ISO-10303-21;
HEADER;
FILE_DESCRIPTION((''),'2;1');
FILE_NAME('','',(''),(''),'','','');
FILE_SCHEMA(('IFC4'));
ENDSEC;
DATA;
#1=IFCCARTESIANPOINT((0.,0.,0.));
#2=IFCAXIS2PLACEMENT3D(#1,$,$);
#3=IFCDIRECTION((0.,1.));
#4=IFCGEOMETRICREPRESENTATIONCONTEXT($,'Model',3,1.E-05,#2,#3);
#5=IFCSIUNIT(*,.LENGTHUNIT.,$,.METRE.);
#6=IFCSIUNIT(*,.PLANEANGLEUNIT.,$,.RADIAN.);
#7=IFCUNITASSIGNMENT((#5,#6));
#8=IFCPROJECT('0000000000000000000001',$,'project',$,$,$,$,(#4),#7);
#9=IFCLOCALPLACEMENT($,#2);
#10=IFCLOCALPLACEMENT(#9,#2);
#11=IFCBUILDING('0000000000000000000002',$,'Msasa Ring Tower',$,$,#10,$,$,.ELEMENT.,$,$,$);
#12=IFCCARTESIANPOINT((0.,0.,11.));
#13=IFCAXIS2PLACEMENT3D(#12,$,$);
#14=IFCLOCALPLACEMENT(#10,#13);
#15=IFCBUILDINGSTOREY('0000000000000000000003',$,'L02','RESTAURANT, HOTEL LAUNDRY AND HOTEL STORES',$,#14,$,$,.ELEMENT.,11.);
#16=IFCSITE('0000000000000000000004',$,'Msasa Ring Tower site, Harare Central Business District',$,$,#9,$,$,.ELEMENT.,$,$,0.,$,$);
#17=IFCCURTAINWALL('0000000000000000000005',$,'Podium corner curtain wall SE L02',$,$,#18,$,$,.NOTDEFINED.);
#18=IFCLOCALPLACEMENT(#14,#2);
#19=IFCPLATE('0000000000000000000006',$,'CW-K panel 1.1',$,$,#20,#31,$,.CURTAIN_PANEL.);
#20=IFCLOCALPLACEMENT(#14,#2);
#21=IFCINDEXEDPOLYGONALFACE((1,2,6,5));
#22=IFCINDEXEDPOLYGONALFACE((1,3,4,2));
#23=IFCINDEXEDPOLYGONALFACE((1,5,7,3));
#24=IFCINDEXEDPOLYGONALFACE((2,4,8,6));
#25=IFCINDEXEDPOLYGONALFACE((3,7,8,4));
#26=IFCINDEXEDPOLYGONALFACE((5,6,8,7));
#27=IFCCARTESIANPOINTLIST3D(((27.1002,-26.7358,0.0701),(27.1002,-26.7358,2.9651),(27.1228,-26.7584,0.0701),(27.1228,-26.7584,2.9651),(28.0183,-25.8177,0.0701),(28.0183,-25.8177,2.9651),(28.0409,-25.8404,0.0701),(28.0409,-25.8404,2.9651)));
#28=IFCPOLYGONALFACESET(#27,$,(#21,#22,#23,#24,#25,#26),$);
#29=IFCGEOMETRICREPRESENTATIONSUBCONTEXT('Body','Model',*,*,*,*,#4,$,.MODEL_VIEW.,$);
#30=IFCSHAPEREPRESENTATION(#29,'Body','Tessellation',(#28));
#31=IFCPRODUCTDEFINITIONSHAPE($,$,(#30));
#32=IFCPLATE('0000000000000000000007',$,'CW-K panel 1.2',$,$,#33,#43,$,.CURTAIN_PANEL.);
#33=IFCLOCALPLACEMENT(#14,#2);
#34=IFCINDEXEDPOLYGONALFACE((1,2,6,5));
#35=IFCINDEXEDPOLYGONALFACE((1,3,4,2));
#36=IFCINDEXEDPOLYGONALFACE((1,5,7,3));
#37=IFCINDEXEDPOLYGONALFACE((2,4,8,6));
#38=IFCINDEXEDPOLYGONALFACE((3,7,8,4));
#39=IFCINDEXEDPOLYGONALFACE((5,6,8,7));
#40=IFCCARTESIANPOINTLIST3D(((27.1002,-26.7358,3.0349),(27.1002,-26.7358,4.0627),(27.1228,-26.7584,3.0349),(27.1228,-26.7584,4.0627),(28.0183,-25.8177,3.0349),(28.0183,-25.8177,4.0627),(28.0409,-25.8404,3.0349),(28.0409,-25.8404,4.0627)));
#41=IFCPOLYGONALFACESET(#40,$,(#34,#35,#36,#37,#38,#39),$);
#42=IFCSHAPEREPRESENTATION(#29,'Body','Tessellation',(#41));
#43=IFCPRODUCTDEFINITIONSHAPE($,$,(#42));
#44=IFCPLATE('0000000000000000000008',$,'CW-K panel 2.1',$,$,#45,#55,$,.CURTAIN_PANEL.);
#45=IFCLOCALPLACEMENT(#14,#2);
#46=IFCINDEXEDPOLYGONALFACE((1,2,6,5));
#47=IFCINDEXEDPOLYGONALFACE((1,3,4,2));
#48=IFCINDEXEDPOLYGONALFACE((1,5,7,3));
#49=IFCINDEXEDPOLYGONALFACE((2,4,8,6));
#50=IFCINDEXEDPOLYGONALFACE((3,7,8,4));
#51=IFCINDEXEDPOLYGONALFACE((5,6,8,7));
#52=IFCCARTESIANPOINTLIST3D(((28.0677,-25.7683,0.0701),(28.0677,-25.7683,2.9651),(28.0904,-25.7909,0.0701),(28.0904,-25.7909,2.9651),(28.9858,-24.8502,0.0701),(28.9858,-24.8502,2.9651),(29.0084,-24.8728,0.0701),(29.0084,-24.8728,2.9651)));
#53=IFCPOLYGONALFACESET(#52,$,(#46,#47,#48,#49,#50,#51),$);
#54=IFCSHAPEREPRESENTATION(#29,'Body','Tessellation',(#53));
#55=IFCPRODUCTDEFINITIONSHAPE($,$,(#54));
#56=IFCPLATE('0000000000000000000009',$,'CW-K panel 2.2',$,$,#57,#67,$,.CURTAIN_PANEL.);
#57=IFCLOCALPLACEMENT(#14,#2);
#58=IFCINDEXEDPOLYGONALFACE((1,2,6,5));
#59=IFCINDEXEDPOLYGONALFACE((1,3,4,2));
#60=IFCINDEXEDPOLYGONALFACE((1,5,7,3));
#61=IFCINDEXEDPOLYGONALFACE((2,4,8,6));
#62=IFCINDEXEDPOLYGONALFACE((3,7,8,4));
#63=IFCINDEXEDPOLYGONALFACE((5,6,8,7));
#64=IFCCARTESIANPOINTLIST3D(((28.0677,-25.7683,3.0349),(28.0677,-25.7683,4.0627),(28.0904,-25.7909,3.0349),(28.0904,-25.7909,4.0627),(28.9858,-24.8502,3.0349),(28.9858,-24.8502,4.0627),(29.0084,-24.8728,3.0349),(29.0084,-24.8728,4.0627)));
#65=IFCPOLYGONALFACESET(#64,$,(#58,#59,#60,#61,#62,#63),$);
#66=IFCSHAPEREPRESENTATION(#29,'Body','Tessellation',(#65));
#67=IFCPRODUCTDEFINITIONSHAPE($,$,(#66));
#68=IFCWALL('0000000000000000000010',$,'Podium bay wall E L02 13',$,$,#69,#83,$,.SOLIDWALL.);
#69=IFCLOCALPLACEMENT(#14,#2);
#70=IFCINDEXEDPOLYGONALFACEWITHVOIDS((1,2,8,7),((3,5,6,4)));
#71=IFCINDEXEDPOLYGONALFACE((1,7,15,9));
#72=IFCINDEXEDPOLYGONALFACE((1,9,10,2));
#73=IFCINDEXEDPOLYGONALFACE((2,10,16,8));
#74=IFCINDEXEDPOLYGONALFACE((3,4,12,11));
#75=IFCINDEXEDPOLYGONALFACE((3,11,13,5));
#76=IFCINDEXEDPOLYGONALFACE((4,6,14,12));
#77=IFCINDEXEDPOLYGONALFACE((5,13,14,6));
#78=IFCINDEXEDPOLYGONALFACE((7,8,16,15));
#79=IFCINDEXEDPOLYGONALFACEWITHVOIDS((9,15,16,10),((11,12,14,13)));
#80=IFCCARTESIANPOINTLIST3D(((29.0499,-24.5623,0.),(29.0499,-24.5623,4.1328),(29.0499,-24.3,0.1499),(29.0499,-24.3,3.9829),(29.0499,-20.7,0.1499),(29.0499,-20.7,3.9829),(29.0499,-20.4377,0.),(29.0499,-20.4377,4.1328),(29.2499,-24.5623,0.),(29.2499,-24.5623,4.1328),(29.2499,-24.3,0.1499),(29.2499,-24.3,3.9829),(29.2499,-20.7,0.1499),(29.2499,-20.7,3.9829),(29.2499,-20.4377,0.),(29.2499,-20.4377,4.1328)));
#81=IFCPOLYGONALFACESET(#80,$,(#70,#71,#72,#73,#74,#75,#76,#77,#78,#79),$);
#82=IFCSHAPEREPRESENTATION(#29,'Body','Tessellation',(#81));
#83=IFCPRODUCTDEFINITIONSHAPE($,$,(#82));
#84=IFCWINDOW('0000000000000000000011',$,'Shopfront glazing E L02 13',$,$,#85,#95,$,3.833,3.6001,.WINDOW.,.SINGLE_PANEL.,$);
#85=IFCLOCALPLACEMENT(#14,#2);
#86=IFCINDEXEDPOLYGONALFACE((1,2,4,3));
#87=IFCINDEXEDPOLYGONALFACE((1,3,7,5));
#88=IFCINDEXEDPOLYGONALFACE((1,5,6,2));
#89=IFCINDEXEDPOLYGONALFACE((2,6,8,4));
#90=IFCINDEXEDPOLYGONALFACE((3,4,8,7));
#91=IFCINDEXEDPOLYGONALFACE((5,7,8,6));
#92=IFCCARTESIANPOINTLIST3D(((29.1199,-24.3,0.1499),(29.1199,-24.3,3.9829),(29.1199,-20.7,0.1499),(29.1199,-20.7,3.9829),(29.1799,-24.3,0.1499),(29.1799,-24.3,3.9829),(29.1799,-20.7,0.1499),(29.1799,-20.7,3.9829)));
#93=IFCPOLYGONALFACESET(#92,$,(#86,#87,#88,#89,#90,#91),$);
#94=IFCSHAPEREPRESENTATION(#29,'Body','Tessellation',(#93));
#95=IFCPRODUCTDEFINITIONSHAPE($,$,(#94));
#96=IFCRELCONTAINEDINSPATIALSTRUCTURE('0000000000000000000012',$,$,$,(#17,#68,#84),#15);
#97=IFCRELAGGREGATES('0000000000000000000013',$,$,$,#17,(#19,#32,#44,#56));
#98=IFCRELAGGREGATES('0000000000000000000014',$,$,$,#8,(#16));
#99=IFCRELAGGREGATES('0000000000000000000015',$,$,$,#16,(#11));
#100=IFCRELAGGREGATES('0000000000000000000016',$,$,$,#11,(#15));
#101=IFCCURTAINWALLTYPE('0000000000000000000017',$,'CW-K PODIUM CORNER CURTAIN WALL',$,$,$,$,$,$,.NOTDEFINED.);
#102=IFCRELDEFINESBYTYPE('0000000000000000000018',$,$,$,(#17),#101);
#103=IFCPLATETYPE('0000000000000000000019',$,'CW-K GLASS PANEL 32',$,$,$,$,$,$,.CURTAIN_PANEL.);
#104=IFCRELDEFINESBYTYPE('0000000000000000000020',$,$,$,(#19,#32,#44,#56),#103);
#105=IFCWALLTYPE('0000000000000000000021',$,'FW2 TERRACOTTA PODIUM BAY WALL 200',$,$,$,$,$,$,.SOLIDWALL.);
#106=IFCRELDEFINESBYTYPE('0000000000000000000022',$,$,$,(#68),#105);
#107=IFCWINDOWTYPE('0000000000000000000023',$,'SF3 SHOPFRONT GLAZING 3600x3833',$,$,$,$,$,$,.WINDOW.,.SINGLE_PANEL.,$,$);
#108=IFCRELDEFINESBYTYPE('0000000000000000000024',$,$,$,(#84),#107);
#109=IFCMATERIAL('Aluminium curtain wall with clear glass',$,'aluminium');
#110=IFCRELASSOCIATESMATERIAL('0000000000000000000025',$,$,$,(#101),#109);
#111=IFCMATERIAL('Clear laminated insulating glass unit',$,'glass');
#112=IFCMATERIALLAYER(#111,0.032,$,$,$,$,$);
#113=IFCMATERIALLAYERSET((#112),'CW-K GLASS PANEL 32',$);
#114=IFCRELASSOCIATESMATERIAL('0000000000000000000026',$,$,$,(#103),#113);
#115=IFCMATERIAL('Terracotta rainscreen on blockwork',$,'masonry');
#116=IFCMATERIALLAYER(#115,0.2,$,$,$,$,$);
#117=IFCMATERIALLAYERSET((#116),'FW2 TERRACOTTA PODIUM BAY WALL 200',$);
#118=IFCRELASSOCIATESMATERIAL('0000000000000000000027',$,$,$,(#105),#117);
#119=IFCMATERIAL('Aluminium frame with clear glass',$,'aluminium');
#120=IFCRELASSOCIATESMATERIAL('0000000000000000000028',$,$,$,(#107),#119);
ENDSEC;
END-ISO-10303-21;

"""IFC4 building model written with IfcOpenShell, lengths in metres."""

from ifc_helpers import new_model, si_unit, direction, frame, frame_2d, origin, origin_2d, place, context, subcontext, project, spatial, rectangle, extrude, material, layer, layer_set, type_object, element, fill, aggregate, save


model = new_model("IFC4")

# Units and contexts
model_context = context("Model", 3, precision=1e-05, world=origin(), true_north=direction((0.0, 1.0)))
body_context = subcontext(model_context, "Body", "Model", "MODEL_VIEW")
ifc_project = project(units=[si_unit("LENGTHUNIT", "METRE"), si_unit("PLANEANGLEUNIT", "RADIAN")], contexts=[model_context])

# Site, building, storey
site_placement = place(None, origin())
site = spatial("IfcSite", under=ifc_project, at=site_placement, Name="Msasa Ring Tower site, Harare Central Business District", CompositionType="ELEMENT", RefElevation=0.0)
building_placement = place(site_placement, origin())
building = spatial("IfcBuilding", under=site, at=building_placement, Name="Msasa Ring Tower", CompositionType="ELEMENT")
storey_placement = place(building_placement, frame((0.0, 0.0, 11.0)))
storey = spatial("IfcBuildingStorey", under=building, at=storey_placement, Name="L02", Description="RESTAURANT, HOTEL LAUNDRY AND HOTEL STORES", CompositionType="ELEMENT", Elevation=11.0)

# Curtain wall
ifc_material_1 = material(Name="Aluminium curtain wall with clear glass", Category="aluminium")
curtain_wall_type = type_object("IfcCurtainWallType", Name="CW-K PODIUM CORNER CURTAIN WALL", PredefinedType="NOTDEFINED", material=ifc_material_1)
curtain_wall_1_placement = place(storey_placement, origin())
curtain_wall_1 = element("IfcCurtainWall", 1, at=curtain_wall_1_placement, inside=storey, type_object=curtain_wall_type, Name="Podium corner curtain wall SE L02", PredefinedType="NOTDEFINED")

# Plates
ifc_material_2 = material(Name="Clear laminated insulating glass unit", Category="glass")
ifc_layer_1 = layer(ifc_material_2, 0.032)
ifc_layer_set_1 = layer_set([ifc_layer_1], Name="CW-K GLASS PANEL 32")
plate_type = type_object("IfcPlateType", Name="CW-K GLASS PANEL 32", PredefinedType="CURTAIN_PANEL", material=ifc_layer_set_1)
plate_1_placement = place(storey_placement, frame((27.5706, -26.2881, 0.0701), z_axis=(0.0, 0.0, 1.0), x_axis=(0.707107, 0.707107, 0.0)))
plate_1 = element("IfcPlate", 2, at=plate_1_placement, type_object=plate_type, Name="CW-K panel 1.1", PredefinedType="CURTAIN_PANEL", context=body_context, shape_type="SweptSolid", body=[
    extrude(rectangle(XDim=1.2983, YDim=0.032, at=origin_2d()), origin(), (0.0, 0.0, 1.0), 2.895),
])
plate_2_placement = place(storey_placement, frame((27.5706, -26.2881, 3.0349), z_axis=(0.0, 0.0, 1.0), x_axis=(0.707107, 0.707107, 0.0)))
plate_2 = element("IfcPlate", 3, at=plate_2_placement, type_object=plate_type, Name="CW-K panel 1.2", PredefinedType="CURTAIN_PANEL", context=body_context, shape_type="SweptSolid", body=[
    extrude(rectangle(XDim=1.2983, YDim=0.032, at=origin_2d()), origin(), (0.0, 0.0, 1.0), 1.0278),
])
plate_3_placement = place(storey_placement, frame((28.5381, -25.3206, 0.0701), z_axis=(0.0, 0.0, 1.0), x_axis=(0.707107, 0.707107, 0.0)))
plate_3 = element("IfcPlate", 4, at=plate_3_placement, type_object=plate_type, Name="CW-K panel 2.1", PredefinedType="CURTAIN_PANEL", context=body_context, shape_type="SweptSolid", body=[
    extrude(rectangle(XDim=1.2983, YDim=0.032, at=origin_2d()), origin(), (0.0, 0.0, 1.0), 2.895),
])
plate_4_placement = place(storey_placement, frame((28.5381, -25.3206, 3.0349), z_axis=(0.0, 0.0, 1.0), x_axis=(0.707107, 0.707107, 0.0)))
plate_4 = element("IfcPlate", 5, at=plate_4_placement, type_object=plate_type, Name="CW-K panel 2.2", PredefinedType="CURTAIN_PANEL", context=body_context, shape_type="SweptSolid", body=[
    extrude(rectangle(XDim=1.2983, YDim=0.032, at=origin_2d()), origin(), (0.0, 0.0, 1.0), 1.0278),
])
aggregate(curtain_wall_1, [plate_1, plate_2, plate_3, plate_4])

# Wall, opening, window
ifc_material_3 = material(Name="Terracotta rainscreen on blockwork", Category="masonry")
ifc_layer_2 = layer(ifc_material_3, 0.2)
ifc_layer_set_2 = layer_set([ifc_layer_2], Name="FW2 TERRACOTTA PODIUM BAY WALL 200")
wall_type = type_object("IfcWallType", Name="FW2 TERRACOTTA PODIUM BAY WALL 200", PredefinedType="SOLIDWALL", material=ifc_layer_set_2)
wall_placement = place(storey_placement, frame((29.1499, -24.5623, 0.0), z_axis=(0.0, 0.0, 1.0), x_axis=(0.0, 1.0, 0.0)))
wall = element("IfcWall", 6, at=wall_placement, inside=storey, type_object=wall_type, Name="Podium bay wall E L02 13", PredefinedType="SOLIDWALL", context=body_context, shape_type="SweptSolid", body=[
    extrude(rectangle(XDim=4.1245, YDim=0.2, at=frame_2d((2.0623, 0.0))), origin(), (0.0, 0.0, 1.0), 4.1328),
])
opening_placement = place(wall_placement, frame((0.2622, 0.0, 0.1499)))
opening = element("IfcOpeningElement", 7, at=opening_placement, cuts=wall, PredefinedType="OPENING", context=body_context, shape_type="SweptSolid", body=[
    extrude(rectangle(XDim=3.6001, YDim=3.833, at=frame_2d((1.8, 1.9165))), frame((0.0, 0.1099, 0.0), z_axis=(0.0, -1.0, 0.0), x_axis=(1.0, 0.0, 0.0)), (0.0, 0.0, 1.0), 0.22),
])
ifc_material_4 = material(Name="Aluminium frame with clear glass", Category="aluminium")
window_type = type_object("IfcWindowType", Name="SF3 SHOPFRONT GLAZING 3600x3833", PartitioningType="SINGLE_PANEL", PredefinedType="WINDOW", material=ifc_material_4)
window_placement = place(opening_placement, origin())
window = element("IfcWindow", 8, at=window_placement, inside=storey, type_object=window_type, Name="Shopfront glazing E L02 13", OverallHeight=3.833, OverallWidth=3.6001, PartitioningType="SINGLE_PANEL", PredefinedType="WINDOW", context=body_context, shape_type="SweptSolid", body=[
    extrude(rectangle(XDim=3.6001, YDim=3.833, at=frame_2d((1.8, 1.9165))), frame((0.0, 0.03, 0.0), z_axis=(0.0, -1.0, 0.0), x_axis=(1.0, 0.0, 0.0)), (0.0, 0.0, 1.0), 0.0601),
])
fill(opening, window)

save(model, "model.ifc")
